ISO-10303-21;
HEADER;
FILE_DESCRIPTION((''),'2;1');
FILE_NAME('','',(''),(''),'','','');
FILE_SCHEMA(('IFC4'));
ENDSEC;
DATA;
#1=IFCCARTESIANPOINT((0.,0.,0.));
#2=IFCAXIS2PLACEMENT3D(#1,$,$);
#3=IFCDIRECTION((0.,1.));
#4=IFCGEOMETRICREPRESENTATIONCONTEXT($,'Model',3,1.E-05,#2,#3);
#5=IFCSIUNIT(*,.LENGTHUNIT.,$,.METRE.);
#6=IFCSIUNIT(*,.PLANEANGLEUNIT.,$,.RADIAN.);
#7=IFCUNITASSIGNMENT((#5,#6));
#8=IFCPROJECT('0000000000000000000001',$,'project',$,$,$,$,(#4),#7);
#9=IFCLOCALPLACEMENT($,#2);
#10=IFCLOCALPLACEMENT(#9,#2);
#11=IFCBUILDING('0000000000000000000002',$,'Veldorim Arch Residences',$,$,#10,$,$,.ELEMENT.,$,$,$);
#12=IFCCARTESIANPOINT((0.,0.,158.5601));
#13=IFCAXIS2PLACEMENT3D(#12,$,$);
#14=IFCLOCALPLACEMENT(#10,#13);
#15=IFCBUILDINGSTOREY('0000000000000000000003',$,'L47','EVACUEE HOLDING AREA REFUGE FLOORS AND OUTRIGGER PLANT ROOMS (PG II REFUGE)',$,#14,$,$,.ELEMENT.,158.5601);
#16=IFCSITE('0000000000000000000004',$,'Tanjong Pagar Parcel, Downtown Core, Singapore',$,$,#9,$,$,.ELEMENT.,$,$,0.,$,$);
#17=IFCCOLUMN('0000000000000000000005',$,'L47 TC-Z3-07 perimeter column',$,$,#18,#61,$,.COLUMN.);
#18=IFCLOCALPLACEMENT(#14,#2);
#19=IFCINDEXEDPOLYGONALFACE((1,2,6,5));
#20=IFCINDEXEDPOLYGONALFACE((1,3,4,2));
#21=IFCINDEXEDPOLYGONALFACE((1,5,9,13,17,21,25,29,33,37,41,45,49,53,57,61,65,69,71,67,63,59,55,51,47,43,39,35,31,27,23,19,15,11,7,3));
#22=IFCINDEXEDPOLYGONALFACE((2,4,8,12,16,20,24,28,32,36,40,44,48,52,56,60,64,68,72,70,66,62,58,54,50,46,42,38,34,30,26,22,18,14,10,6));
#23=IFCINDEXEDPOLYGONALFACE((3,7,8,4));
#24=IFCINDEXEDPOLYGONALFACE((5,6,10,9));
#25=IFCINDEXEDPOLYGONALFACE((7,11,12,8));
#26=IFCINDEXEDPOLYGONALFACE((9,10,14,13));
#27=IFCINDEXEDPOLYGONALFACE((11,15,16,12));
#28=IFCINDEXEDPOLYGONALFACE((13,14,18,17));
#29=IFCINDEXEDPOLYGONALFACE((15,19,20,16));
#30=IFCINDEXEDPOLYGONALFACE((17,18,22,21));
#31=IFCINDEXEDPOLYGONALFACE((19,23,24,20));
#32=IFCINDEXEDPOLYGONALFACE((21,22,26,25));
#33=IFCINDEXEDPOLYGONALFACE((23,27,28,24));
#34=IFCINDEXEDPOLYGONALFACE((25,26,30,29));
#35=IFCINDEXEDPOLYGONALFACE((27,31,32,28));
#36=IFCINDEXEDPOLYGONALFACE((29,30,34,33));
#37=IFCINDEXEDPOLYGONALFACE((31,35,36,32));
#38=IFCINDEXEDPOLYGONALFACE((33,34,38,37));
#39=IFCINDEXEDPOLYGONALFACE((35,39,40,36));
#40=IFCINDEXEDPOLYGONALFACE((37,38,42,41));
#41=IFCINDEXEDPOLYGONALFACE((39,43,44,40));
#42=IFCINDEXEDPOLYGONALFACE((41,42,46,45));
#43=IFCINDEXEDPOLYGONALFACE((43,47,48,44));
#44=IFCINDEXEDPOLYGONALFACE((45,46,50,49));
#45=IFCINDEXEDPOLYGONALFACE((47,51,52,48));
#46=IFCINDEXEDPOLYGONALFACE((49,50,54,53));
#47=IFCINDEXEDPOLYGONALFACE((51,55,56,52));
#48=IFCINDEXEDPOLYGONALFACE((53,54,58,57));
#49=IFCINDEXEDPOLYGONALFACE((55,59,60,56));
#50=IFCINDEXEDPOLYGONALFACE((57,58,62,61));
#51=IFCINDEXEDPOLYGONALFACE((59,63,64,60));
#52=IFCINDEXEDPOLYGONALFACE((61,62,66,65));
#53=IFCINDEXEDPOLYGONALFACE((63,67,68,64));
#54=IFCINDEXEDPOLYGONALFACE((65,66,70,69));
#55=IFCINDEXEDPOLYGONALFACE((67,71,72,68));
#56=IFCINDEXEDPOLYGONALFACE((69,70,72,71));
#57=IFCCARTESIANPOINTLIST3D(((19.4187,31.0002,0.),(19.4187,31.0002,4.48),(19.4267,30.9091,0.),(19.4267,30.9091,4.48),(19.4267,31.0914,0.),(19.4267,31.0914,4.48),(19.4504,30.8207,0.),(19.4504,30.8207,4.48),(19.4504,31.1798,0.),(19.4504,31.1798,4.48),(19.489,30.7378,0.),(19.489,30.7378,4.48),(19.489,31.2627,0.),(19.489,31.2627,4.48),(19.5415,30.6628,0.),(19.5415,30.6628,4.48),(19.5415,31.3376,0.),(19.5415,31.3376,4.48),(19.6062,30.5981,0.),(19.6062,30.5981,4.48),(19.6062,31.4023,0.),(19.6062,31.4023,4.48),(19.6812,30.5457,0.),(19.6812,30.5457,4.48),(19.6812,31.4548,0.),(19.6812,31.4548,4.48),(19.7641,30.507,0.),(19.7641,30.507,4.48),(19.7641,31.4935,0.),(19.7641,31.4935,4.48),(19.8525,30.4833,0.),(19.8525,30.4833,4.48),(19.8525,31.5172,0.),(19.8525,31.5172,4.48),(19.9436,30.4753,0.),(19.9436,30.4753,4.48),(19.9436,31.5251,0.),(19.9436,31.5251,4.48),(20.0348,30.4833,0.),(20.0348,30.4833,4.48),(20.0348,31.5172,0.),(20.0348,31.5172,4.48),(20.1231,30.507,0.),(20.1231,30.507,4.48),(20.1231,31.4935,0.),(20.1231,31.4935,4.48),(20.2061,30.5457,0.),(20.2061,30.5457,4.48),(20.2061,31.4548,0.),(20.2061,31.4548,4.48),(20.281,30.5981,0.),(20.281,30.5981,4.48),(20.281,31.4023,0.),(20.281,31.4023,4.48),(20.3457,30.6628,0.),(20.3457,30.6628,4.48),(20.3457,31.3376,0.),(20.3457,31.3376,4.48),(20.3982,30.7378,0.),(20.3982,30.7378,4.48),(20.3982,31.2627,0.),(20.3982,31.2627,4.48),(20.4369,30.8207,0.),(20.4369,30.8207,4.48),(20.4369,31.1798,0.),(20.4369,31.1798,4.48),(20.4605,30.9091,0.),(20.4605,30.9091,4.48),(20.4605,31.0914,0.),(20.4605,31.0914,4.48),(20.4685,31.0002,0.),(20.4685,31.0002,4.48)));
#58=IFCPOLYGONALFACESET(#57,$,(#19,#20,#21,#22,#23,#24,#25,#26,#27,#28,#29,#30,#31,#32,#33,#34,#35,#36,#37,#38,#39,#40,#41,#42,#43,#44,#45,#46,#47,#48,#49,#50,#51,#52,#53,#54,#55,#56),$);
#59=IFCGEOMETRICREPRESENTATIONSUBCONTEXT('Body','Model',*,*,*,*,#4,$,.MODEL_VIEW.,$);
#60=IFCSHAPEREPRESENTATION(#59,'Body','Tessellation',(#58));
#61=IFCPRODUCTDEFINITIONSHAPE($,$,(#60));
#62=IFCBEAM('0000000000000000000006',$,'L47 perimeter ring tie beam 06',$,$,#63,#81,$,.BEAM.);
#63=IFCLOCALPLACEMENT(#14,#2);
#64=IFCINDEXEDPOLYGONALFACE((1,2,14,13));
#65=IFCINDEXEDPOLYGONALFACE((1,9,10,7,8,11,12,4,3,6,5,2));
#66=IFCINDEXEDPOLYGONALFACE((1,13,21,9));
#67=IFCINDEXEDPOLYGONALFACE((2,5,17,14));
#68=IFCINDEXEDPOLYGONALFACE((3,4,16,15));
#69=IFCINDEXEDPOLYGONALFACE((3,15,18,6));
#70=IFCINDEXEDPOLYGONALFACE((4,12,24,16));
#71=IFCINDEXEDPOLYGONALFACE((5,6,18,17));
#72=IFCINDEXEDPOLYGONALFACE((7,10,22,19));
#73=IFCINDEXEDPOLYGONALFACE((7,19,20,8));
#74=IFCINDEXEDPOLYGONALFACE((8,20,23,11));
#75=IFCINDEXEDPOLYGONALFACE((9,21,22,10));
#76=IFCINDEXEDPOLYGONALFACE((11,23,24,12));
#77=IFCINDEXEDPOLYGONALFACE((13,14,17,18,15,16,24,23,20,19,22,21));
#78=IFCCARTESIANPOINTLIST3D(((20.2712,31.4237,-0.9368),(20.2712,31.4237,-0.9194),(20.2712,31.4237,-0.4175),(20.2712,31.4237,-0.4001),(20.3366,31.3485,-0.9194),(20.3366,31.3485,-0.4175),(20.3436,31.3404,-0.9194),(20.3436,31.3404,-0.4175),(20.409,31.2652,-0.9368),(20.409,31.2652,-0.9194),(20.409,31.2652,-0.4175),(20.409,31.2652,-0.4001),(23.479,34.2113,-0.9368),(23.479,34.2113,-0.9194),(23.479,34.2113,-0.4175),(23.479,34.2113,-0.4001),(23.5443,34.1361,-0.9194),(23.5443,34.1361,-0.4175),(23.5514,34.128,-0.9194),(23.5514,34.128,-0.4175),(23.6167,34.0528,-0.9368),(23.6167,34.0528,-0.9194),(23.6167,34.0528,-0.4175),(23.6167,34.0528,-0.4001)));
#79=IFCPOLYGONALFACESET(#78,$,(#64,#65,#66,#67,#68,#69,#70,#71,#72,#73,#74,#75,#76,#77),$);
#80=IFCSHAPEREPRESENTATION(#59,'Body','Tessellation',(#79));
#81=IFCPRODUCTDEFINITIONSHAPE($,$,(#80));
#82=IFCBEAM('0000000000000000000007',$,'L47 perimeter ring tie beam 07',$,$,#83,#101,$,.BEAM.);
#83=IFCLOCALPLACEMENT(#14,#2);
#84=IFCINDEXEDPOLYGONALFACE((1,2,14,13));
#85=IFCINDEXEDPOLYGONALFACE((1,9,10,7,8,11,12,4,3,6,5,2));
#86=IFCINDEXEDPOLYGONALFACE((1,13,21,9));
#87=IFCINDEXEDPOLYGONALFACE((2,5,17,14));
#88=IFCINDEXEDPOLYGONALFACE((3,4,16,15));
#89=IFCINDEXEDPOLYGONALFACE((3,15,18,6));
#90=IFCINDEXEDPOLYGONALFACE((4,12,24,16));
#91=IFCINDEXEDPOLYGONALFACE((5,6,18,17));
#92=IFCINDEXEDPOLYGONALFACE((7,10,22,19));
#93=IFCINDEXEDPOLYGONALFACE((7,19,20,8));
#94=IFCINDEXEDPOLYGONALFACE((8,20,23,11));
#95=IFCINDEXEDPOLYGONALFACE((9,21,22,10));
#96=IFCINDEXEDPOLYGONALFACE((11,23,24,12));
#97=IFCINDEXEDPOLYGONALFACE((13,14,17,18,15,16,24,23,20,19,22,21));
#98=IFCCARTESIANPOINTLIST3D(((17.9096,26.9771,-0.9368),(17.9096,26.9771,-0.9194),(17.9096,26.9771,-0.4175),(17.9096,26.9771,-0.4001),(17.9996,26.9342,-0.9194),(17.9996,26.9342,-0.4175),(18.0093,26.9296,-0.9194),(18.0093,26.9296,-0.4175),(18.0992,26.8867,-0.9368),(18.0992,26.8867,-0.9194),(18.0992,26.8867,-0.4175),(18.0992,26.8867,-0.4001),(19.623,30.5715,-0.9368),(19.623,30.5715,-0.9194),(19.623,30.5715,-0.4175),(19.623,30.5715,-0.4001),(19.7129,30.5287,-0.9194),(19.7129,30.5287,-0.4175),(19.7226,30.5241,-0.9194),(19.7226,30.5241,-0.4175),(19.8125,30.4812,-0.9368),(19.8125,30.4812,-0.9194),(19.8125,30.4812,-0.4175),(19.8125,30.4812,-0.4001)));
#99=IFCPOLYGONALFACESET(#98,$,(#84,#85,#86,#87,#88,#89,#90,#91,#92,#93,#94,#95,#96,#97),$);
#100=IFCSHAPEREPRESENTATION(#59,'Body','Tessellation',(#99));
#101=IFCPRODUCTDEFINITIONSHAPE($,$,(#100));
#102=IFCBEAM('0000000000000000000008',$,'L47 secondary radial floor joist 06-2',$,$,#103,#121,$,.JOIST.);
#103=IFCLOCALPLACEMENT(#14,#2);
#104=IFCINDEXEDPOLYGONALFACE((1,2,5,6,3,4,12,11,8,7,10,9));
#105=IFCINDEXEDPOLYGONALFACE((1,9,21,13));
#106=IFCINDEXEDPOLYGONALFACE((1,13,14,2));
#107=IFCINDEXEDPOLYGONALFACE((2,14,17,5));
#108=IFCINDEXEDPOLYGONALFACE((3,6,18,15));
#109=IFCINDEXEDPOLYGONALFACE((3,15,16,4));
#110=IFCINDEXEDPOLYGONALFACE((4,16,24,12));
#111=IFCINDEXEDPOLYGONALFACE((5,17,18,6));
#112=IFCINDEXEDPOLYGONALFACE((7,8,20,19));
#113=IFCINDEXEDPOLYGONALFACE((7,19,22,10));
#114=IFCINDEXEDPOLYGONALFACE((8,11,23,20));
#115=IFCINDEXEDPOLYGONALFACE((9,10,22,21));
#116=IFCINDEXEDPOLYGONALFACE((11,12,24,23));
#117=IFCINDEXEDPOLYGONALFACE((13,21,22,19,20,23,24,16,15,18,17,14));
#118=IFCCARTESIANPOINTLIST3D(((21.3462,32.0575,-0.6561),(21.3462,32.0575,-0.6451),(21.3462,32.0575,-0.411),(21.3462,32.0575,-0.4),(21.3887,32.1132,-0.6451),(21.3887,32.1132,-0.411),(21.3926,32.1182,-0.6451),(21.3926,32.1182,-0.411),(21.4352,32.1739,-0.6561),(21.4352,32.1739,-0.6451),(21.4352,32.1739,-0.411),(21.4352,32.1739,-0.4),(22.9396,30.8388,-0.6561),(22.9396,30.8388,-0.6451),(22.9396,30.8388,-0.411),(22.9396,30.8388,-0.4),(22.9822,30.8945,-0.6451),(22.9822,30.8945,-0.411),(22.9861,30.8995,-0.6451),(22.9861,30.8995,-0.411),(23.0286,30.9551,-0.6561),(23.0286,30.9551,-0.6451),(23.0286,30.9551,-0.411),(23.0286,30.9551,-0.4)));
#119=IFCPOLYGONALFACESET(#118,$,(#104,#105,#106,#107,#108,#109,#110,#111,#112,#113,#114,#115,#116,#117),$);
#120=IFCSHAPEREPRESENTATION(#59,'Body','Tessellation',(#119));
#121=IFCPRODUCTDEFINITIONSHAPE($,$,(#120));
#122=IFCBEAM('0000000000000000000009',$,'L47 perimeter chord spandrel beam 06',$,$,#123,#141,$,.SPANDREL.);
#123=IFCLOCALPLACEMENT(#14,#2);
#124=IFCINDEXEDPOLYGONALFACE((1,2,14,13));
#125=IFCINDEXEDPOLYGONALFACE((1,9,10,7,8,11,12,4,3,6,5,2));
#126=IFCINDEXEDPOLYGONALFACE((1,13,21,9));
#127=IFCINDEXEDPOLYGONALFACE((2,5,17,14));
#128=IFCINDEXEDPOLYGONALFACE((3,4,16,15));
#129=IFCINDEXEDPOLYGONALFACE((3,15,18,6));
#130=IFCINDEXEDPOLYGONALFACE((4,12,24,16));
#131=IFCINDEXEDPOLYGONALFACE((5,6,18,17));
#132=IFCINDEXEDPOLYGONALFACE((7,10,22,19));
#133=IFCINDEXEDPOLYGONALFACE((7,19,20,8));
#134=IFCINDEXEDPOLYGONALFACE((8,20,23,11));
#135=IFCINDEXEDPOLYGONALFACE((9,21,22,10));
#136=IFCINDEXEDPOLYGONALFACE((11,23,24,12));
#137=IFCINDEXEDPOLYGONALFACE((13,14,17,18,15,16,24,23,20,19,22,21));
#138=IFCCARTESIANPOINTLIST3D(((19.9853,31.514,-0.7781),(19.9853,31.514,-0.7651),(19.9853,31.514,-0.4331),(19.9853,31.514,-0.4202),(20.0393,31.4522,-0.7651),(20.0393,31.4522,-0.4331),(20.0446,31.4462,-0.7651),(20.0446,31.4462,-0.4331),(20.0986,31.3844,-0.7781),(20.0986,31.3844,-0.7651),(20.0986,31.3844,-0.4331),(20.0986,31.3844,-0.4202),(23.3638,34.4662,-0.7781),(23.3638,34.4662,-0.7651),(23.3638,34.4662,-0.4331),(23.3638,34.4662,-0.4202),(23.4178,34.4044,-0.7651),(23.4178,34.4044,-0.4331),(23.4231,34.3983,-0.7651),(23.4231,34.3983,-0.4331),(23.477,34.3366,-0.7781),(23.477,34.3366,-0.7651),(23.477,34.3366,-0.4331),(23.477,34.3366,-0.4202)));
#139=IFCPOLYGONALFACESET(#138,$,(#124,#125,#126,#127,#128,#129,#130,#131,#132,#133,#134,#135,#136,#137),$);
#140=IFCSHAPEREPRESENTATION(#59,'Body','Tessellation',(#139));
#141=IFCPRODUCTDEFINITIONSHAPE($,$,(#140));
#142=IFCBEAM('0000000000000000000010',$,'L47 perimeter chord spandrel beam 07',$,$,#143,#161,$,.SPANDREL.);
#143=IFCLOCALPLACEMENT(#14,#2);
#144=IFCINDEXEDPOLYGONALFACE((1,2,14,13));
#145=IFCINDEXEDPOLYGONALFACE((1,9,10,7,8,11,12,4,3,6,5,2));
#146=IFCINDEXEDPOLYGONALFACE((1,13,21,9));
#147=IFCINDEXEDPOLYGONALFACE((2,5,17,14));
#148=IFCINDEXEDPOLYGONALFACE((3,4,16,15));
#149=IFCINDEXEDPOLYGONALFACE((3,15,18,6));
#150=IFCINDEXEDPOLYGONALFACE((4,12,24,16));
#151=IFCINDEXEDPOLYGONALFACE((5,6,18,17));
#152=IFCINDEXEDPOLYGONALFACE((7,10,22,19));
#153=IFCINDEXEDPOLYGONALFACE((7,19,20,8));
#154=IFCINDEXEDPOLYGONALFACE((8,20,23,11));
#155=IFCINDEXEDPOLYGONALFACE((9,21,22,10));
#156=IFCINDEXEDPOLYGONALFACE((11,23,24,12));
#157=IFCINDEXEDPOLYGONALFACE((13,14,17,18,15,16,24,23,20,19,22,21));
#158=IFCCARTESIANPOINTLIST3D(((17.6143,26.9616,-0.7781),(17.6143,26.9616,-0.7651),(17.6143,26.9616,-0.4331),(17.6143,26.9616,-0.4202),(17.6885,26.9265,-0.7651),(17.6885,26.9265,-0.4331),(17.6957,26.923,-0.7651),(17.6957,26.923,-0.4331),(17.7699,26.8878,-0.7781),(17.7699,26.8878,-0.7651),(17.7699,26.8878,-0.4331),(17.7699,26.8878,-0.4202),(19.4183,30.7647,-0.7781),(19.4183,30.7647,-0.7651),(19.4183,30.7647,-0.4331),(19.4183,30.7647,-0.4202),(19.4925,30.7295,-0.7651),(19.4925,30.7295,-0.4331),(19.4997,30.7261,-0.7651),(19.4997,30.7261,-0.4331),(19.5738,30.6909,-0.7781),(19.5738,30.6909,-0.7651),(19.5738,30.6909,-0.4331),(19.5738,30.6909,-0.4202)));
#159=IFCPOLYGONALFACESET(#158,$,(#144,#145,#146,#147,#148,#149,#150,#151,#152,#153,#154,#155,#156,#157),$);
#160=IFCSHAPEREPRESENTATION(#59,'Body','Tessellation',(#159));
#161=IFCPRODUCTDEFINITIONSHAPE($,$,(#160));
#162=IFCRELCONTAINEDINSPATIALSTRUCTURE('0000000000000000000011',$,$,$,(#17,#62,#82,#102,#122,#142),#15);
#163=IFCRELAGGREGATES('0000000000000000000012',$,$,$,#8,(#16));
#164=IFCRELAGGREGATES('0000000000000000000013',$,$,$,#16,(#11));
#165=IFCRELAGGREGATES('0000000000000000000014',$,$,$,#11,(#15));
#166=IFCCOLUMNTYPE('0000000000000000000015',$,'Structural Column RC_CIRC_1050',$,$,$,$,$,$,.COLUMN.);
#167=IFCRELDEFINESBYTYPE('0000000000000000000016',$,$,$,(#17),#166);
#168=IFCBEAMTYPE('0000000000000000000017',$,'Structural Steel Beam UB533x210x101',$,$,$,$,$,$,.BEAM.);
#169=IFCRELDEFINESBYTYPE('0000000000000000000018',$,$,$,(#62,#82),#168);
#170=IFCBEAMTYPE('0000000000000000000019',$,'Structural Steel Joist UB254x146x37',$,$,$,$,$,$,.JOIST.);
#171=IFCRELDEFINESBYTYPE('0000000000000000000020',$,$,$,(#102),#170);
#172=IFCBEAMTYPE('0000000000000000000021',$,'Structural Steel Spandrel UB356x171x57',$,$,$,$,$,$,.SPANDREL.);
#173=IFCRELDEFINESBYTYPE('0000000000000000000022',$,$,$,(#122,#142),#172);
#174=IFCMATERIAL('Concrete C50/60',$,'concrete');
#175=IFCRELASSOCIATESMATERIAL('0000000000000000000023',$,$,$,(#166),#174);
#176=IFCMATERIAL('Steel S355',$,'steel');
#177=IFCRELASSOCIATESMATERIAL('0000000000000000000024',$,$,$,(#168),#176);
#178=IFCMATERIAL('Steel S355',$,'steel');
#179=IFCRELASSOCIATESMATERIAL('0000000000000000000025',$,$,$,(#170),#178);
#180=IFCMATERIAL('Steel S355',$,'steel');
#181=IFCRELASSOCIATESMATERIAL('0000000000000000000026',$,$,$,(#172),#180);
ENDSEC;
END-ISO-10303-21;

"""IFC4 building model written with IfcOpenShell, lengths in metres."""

from ifc_helpers import new_model, si_unit, direction, frame, origin, origin_2d, place, context, subcontext, project, spatial, circle, i_section, extrude, material, material_profile, profile_set, type_object, element, save


model = new_model("IFC4")

# Units and contexts
model_context = context("Model", 3, precision=1e-05, world=origin(), true_north=direction((0.0, 1.0)))
body_context = subcontext(model_context, "Body", "Model", "MODEL_VIEW")
ifc_project = project(units=[si_unit("LENGTHUNIT", "METRE"), si_unit("PLANEANGLEUNIT", "RADIAN")], contexts=[model_context])

# Site, building, storey
site_placement = place(None, origin())
site = spatial("IfcSite", under=ifc_project, at=site_placement, Name="Tanjong Pagar Parcel, Downtown Core, Singapore", CompositionType="ELEMENT", RefElevation=0.0)
building_placement = place(site_placement, origin())
building = spatial("IfcBuilding", under=site, at=building_placement, Name="Veldorim Arch Residences", CompositionType="ELEMENT")
storey_placement = place(building_placement, frame((0.0, 0.0, 158.5601)))
storey = spatial("IfcBuildingStorey", under=building, at=storey_placement, Name="L47", Description="EVACUEE HOLDING AREA REFUGE FLOORS AND OUTRIGGER PLANT ROOMS (PG II REFUGE)", CompositionType="ELEMENT", Elevation=158.5601)

# Column
ifc_material_1 = material(Name="Concrete C50/60", Category="concrete")
ifc_material_profile_1 = material_profile(ifc_material_1, circle(Radius=0.5249, at=origin_2d()), Name="RC_CIRC_1050")
ifc_profile_set_1 = profile_set([ifc_material_profile_1], Name="Concrete C50/60")
column_type = type_object("IfcColumnType", Name="Structural Column RC_CIRC_1050", PredefinedType="COLUMN", material=ifc_profile_set_1)
column_placement = place(storey_placement, frame((19.9436, 31.0002, 0.0), z_axis=(0.0, 0.0, 1.0), x_axis=(1.0, 0.0, 0.0)))
element("IfcColumn", 1, at=column_placement, inside=storey, type_object=column_type, Name="L47 TC-Z3-07 perimeter column", PredefinedType="COLUMN", context=body_context, shape_type="SweptSolid", body=[
    extrude(circle(Radius=0.5249, at=origin_2d()), origin(), (0.0, 0.0, 1.0), 4.48),
])

# Beams
ifc_material_2 = material(Name="Steel S355", Category="steel")
ifc_material_profile_2 = material_profile(ifc_material_2, i_section(OverallWidth=0.21, OverallDepth=0.5366, WebThickness=0.0107, FlangeThickness=0.0173, at=origin_2d()), Name="UB533x210x101")
ifc_profile_set_2 = profile_set([ifc_material_profile_2], Name="Steel S355")
beam_type_1 = type_object("IfcBeamType", Name="Structural Steel Beam UB533x210x101", PredefinedType="BEAM", material=ifc_profile_set_2)
beam_1_placement = place(storey_placement, frame((23.5479, 34.1321, -0.6685), z_axis=(-0.754811, -0.655943, 0.0), x_axis=(0.655943, -0.754811, 0.0)))
element("IfcBeam", 2, at=beam_1_placement, inside=storey, type_object=beam_type_1, Name="L47 perimeter ring tie beam 06", PredefinedType="BEAM", context=body_context, shape_type="SweptSolid", body=[
    extrude(i_section(OverallWidth=0.21, OverallDepth=0.5366, WebThickness=0.0107, FlangeThickness=0.0173, at=origin_2d()), origin(), (0.0, 0.0, 1.0), 4.2498),
])
beam_2_placement = place(storey_placement, frame((19.7178, 30.5264, -0.6685), z_axis=(-0.430286, -0.902693, 0.0), x_axis=(0.902693, -0.430286, 0.0)))
element("IfcBeam", 3, at=beam_2_placement, inside=storey, type_object=beam_type_1, Name="L47 perimeter ring tie beam 07", PredefinedType="BEAM", context=body_context, shape_type="SweptSolid", body=[
    extrude(i_section(OverallWidth=0.21, OverallDepth=0.5366, WebThickness=0.0107, FlangeThickness=0.0173, at=origin_2d()), origin(), (0.0, 0.0, 1.0), 3.9819),
])
ifc_material_3 = material(Name="Steel S355", Category="steel")
ifc_material_profile_3 = material_profile(ifc_material_3, i_section(OverallWidth=0.1465, OverallDepth=0.2561, WebThickness=0.0063, FlangeThickness=0.011, at=origin_2d()), Name="UB254x146x37")
ifc_profile_set_3 = profile_set([ifc_material_profile_3], Name="Steel S355")
beam_type_2 = type_object("IfcBeamType", Name="Structural Steel Joist UB254x146x37", PredefinedType="JOIST", material=ifc_profile_set_3)
beam_3_placement = place(storey_placement, frame((22.9841, 30.897, -0.5281), z_axis=(-0.794313, 0.607509, 0.0), x_axis=(-0.607509, -0.794313, 0.0)))
element("IfcBeam", 4, at=beam_3_placement, inside=storey, type_object=beam_type_2, Name="L47 secondary radial floor joist 06-2", PredefinedType="JOIST", context=body_context, shape_type="SweptSolid", body=[
    extrude(i_section(OverallWidth=0.1465, OverallDepth=0.2561, WebThickness=0.0063, FlangeThickness=0.011, at=origin_2d()), origin(), (0.0, 0.0, 1.0), 2.0061),
])
ifc_material_4 = material(Name="Steel S355", Category="steel")
ifc_material_profile_4 = material_profile(ifc_material_4, i_section(OverallWidth=0.1721, OverallDepth=0.3579, WebThickness=0.0081, FlangeThickness=0.0129, at=origin_2d()), Name="UB356x171x57")
ifc_profile_set_4 = profile_set([ifc_material_profile_4], Name="Steel S355")
beam_type_3 = type_object("IfcBeamType", Name="Structural Steel Spandrel UB356x171x57", PredefinedType="SPANDREL", material=ifc_profile_set_4)
beam_4_placement = place(storey_placement, frame((23.4204, 34.4014, -0.5991), z_axis=(-0.753015, -0.658004, 0.0), x_axis=(0.658004, -0.753015, 0.0)))
element("IfcBeam", 5, at=beam_4_placement, inside=storey, type_object=beam_type_3, Name="L47 perimeter chord spandrel beam 06", PredefinedType="SPANDREL", context=body_context, shape_type="SweptSolid", body=[
    extrude(i_section(OverallWidth=0.1721, OverallDepth=0.3579, WebThickness=0.0081, FlangeThickness=0.0129, at=origin_2d()), origin(), (0.0, 0.0, 1.0), 4.4866),
])
beam_5_placement = place(storey_placement, frame((19.4961, 30.7278, -0.5991), z_axis=(-0.42858, -0.903504, 0.0), x_axis=(0.903504, -0.42858, 0.0)))
element("IfcBeam", 6, at=beam_5_placement, inside=storey, type_object=beam_type_3, Name="L47 perimeter chord spandrel beam 07", PredefinedType="SPANDREL", context=body_context, shape_type="SweptSolid", body=[
    extrude(i_section(OverallWidth=0.1721, OverallDepth=0.3579, WebThickness=0.0081, FlangeThickness=0.0129, at=origin_2d()), origin(), (0.0, 0.0, 1.0), 4.2092),
])

save(model, "model.ifc")
